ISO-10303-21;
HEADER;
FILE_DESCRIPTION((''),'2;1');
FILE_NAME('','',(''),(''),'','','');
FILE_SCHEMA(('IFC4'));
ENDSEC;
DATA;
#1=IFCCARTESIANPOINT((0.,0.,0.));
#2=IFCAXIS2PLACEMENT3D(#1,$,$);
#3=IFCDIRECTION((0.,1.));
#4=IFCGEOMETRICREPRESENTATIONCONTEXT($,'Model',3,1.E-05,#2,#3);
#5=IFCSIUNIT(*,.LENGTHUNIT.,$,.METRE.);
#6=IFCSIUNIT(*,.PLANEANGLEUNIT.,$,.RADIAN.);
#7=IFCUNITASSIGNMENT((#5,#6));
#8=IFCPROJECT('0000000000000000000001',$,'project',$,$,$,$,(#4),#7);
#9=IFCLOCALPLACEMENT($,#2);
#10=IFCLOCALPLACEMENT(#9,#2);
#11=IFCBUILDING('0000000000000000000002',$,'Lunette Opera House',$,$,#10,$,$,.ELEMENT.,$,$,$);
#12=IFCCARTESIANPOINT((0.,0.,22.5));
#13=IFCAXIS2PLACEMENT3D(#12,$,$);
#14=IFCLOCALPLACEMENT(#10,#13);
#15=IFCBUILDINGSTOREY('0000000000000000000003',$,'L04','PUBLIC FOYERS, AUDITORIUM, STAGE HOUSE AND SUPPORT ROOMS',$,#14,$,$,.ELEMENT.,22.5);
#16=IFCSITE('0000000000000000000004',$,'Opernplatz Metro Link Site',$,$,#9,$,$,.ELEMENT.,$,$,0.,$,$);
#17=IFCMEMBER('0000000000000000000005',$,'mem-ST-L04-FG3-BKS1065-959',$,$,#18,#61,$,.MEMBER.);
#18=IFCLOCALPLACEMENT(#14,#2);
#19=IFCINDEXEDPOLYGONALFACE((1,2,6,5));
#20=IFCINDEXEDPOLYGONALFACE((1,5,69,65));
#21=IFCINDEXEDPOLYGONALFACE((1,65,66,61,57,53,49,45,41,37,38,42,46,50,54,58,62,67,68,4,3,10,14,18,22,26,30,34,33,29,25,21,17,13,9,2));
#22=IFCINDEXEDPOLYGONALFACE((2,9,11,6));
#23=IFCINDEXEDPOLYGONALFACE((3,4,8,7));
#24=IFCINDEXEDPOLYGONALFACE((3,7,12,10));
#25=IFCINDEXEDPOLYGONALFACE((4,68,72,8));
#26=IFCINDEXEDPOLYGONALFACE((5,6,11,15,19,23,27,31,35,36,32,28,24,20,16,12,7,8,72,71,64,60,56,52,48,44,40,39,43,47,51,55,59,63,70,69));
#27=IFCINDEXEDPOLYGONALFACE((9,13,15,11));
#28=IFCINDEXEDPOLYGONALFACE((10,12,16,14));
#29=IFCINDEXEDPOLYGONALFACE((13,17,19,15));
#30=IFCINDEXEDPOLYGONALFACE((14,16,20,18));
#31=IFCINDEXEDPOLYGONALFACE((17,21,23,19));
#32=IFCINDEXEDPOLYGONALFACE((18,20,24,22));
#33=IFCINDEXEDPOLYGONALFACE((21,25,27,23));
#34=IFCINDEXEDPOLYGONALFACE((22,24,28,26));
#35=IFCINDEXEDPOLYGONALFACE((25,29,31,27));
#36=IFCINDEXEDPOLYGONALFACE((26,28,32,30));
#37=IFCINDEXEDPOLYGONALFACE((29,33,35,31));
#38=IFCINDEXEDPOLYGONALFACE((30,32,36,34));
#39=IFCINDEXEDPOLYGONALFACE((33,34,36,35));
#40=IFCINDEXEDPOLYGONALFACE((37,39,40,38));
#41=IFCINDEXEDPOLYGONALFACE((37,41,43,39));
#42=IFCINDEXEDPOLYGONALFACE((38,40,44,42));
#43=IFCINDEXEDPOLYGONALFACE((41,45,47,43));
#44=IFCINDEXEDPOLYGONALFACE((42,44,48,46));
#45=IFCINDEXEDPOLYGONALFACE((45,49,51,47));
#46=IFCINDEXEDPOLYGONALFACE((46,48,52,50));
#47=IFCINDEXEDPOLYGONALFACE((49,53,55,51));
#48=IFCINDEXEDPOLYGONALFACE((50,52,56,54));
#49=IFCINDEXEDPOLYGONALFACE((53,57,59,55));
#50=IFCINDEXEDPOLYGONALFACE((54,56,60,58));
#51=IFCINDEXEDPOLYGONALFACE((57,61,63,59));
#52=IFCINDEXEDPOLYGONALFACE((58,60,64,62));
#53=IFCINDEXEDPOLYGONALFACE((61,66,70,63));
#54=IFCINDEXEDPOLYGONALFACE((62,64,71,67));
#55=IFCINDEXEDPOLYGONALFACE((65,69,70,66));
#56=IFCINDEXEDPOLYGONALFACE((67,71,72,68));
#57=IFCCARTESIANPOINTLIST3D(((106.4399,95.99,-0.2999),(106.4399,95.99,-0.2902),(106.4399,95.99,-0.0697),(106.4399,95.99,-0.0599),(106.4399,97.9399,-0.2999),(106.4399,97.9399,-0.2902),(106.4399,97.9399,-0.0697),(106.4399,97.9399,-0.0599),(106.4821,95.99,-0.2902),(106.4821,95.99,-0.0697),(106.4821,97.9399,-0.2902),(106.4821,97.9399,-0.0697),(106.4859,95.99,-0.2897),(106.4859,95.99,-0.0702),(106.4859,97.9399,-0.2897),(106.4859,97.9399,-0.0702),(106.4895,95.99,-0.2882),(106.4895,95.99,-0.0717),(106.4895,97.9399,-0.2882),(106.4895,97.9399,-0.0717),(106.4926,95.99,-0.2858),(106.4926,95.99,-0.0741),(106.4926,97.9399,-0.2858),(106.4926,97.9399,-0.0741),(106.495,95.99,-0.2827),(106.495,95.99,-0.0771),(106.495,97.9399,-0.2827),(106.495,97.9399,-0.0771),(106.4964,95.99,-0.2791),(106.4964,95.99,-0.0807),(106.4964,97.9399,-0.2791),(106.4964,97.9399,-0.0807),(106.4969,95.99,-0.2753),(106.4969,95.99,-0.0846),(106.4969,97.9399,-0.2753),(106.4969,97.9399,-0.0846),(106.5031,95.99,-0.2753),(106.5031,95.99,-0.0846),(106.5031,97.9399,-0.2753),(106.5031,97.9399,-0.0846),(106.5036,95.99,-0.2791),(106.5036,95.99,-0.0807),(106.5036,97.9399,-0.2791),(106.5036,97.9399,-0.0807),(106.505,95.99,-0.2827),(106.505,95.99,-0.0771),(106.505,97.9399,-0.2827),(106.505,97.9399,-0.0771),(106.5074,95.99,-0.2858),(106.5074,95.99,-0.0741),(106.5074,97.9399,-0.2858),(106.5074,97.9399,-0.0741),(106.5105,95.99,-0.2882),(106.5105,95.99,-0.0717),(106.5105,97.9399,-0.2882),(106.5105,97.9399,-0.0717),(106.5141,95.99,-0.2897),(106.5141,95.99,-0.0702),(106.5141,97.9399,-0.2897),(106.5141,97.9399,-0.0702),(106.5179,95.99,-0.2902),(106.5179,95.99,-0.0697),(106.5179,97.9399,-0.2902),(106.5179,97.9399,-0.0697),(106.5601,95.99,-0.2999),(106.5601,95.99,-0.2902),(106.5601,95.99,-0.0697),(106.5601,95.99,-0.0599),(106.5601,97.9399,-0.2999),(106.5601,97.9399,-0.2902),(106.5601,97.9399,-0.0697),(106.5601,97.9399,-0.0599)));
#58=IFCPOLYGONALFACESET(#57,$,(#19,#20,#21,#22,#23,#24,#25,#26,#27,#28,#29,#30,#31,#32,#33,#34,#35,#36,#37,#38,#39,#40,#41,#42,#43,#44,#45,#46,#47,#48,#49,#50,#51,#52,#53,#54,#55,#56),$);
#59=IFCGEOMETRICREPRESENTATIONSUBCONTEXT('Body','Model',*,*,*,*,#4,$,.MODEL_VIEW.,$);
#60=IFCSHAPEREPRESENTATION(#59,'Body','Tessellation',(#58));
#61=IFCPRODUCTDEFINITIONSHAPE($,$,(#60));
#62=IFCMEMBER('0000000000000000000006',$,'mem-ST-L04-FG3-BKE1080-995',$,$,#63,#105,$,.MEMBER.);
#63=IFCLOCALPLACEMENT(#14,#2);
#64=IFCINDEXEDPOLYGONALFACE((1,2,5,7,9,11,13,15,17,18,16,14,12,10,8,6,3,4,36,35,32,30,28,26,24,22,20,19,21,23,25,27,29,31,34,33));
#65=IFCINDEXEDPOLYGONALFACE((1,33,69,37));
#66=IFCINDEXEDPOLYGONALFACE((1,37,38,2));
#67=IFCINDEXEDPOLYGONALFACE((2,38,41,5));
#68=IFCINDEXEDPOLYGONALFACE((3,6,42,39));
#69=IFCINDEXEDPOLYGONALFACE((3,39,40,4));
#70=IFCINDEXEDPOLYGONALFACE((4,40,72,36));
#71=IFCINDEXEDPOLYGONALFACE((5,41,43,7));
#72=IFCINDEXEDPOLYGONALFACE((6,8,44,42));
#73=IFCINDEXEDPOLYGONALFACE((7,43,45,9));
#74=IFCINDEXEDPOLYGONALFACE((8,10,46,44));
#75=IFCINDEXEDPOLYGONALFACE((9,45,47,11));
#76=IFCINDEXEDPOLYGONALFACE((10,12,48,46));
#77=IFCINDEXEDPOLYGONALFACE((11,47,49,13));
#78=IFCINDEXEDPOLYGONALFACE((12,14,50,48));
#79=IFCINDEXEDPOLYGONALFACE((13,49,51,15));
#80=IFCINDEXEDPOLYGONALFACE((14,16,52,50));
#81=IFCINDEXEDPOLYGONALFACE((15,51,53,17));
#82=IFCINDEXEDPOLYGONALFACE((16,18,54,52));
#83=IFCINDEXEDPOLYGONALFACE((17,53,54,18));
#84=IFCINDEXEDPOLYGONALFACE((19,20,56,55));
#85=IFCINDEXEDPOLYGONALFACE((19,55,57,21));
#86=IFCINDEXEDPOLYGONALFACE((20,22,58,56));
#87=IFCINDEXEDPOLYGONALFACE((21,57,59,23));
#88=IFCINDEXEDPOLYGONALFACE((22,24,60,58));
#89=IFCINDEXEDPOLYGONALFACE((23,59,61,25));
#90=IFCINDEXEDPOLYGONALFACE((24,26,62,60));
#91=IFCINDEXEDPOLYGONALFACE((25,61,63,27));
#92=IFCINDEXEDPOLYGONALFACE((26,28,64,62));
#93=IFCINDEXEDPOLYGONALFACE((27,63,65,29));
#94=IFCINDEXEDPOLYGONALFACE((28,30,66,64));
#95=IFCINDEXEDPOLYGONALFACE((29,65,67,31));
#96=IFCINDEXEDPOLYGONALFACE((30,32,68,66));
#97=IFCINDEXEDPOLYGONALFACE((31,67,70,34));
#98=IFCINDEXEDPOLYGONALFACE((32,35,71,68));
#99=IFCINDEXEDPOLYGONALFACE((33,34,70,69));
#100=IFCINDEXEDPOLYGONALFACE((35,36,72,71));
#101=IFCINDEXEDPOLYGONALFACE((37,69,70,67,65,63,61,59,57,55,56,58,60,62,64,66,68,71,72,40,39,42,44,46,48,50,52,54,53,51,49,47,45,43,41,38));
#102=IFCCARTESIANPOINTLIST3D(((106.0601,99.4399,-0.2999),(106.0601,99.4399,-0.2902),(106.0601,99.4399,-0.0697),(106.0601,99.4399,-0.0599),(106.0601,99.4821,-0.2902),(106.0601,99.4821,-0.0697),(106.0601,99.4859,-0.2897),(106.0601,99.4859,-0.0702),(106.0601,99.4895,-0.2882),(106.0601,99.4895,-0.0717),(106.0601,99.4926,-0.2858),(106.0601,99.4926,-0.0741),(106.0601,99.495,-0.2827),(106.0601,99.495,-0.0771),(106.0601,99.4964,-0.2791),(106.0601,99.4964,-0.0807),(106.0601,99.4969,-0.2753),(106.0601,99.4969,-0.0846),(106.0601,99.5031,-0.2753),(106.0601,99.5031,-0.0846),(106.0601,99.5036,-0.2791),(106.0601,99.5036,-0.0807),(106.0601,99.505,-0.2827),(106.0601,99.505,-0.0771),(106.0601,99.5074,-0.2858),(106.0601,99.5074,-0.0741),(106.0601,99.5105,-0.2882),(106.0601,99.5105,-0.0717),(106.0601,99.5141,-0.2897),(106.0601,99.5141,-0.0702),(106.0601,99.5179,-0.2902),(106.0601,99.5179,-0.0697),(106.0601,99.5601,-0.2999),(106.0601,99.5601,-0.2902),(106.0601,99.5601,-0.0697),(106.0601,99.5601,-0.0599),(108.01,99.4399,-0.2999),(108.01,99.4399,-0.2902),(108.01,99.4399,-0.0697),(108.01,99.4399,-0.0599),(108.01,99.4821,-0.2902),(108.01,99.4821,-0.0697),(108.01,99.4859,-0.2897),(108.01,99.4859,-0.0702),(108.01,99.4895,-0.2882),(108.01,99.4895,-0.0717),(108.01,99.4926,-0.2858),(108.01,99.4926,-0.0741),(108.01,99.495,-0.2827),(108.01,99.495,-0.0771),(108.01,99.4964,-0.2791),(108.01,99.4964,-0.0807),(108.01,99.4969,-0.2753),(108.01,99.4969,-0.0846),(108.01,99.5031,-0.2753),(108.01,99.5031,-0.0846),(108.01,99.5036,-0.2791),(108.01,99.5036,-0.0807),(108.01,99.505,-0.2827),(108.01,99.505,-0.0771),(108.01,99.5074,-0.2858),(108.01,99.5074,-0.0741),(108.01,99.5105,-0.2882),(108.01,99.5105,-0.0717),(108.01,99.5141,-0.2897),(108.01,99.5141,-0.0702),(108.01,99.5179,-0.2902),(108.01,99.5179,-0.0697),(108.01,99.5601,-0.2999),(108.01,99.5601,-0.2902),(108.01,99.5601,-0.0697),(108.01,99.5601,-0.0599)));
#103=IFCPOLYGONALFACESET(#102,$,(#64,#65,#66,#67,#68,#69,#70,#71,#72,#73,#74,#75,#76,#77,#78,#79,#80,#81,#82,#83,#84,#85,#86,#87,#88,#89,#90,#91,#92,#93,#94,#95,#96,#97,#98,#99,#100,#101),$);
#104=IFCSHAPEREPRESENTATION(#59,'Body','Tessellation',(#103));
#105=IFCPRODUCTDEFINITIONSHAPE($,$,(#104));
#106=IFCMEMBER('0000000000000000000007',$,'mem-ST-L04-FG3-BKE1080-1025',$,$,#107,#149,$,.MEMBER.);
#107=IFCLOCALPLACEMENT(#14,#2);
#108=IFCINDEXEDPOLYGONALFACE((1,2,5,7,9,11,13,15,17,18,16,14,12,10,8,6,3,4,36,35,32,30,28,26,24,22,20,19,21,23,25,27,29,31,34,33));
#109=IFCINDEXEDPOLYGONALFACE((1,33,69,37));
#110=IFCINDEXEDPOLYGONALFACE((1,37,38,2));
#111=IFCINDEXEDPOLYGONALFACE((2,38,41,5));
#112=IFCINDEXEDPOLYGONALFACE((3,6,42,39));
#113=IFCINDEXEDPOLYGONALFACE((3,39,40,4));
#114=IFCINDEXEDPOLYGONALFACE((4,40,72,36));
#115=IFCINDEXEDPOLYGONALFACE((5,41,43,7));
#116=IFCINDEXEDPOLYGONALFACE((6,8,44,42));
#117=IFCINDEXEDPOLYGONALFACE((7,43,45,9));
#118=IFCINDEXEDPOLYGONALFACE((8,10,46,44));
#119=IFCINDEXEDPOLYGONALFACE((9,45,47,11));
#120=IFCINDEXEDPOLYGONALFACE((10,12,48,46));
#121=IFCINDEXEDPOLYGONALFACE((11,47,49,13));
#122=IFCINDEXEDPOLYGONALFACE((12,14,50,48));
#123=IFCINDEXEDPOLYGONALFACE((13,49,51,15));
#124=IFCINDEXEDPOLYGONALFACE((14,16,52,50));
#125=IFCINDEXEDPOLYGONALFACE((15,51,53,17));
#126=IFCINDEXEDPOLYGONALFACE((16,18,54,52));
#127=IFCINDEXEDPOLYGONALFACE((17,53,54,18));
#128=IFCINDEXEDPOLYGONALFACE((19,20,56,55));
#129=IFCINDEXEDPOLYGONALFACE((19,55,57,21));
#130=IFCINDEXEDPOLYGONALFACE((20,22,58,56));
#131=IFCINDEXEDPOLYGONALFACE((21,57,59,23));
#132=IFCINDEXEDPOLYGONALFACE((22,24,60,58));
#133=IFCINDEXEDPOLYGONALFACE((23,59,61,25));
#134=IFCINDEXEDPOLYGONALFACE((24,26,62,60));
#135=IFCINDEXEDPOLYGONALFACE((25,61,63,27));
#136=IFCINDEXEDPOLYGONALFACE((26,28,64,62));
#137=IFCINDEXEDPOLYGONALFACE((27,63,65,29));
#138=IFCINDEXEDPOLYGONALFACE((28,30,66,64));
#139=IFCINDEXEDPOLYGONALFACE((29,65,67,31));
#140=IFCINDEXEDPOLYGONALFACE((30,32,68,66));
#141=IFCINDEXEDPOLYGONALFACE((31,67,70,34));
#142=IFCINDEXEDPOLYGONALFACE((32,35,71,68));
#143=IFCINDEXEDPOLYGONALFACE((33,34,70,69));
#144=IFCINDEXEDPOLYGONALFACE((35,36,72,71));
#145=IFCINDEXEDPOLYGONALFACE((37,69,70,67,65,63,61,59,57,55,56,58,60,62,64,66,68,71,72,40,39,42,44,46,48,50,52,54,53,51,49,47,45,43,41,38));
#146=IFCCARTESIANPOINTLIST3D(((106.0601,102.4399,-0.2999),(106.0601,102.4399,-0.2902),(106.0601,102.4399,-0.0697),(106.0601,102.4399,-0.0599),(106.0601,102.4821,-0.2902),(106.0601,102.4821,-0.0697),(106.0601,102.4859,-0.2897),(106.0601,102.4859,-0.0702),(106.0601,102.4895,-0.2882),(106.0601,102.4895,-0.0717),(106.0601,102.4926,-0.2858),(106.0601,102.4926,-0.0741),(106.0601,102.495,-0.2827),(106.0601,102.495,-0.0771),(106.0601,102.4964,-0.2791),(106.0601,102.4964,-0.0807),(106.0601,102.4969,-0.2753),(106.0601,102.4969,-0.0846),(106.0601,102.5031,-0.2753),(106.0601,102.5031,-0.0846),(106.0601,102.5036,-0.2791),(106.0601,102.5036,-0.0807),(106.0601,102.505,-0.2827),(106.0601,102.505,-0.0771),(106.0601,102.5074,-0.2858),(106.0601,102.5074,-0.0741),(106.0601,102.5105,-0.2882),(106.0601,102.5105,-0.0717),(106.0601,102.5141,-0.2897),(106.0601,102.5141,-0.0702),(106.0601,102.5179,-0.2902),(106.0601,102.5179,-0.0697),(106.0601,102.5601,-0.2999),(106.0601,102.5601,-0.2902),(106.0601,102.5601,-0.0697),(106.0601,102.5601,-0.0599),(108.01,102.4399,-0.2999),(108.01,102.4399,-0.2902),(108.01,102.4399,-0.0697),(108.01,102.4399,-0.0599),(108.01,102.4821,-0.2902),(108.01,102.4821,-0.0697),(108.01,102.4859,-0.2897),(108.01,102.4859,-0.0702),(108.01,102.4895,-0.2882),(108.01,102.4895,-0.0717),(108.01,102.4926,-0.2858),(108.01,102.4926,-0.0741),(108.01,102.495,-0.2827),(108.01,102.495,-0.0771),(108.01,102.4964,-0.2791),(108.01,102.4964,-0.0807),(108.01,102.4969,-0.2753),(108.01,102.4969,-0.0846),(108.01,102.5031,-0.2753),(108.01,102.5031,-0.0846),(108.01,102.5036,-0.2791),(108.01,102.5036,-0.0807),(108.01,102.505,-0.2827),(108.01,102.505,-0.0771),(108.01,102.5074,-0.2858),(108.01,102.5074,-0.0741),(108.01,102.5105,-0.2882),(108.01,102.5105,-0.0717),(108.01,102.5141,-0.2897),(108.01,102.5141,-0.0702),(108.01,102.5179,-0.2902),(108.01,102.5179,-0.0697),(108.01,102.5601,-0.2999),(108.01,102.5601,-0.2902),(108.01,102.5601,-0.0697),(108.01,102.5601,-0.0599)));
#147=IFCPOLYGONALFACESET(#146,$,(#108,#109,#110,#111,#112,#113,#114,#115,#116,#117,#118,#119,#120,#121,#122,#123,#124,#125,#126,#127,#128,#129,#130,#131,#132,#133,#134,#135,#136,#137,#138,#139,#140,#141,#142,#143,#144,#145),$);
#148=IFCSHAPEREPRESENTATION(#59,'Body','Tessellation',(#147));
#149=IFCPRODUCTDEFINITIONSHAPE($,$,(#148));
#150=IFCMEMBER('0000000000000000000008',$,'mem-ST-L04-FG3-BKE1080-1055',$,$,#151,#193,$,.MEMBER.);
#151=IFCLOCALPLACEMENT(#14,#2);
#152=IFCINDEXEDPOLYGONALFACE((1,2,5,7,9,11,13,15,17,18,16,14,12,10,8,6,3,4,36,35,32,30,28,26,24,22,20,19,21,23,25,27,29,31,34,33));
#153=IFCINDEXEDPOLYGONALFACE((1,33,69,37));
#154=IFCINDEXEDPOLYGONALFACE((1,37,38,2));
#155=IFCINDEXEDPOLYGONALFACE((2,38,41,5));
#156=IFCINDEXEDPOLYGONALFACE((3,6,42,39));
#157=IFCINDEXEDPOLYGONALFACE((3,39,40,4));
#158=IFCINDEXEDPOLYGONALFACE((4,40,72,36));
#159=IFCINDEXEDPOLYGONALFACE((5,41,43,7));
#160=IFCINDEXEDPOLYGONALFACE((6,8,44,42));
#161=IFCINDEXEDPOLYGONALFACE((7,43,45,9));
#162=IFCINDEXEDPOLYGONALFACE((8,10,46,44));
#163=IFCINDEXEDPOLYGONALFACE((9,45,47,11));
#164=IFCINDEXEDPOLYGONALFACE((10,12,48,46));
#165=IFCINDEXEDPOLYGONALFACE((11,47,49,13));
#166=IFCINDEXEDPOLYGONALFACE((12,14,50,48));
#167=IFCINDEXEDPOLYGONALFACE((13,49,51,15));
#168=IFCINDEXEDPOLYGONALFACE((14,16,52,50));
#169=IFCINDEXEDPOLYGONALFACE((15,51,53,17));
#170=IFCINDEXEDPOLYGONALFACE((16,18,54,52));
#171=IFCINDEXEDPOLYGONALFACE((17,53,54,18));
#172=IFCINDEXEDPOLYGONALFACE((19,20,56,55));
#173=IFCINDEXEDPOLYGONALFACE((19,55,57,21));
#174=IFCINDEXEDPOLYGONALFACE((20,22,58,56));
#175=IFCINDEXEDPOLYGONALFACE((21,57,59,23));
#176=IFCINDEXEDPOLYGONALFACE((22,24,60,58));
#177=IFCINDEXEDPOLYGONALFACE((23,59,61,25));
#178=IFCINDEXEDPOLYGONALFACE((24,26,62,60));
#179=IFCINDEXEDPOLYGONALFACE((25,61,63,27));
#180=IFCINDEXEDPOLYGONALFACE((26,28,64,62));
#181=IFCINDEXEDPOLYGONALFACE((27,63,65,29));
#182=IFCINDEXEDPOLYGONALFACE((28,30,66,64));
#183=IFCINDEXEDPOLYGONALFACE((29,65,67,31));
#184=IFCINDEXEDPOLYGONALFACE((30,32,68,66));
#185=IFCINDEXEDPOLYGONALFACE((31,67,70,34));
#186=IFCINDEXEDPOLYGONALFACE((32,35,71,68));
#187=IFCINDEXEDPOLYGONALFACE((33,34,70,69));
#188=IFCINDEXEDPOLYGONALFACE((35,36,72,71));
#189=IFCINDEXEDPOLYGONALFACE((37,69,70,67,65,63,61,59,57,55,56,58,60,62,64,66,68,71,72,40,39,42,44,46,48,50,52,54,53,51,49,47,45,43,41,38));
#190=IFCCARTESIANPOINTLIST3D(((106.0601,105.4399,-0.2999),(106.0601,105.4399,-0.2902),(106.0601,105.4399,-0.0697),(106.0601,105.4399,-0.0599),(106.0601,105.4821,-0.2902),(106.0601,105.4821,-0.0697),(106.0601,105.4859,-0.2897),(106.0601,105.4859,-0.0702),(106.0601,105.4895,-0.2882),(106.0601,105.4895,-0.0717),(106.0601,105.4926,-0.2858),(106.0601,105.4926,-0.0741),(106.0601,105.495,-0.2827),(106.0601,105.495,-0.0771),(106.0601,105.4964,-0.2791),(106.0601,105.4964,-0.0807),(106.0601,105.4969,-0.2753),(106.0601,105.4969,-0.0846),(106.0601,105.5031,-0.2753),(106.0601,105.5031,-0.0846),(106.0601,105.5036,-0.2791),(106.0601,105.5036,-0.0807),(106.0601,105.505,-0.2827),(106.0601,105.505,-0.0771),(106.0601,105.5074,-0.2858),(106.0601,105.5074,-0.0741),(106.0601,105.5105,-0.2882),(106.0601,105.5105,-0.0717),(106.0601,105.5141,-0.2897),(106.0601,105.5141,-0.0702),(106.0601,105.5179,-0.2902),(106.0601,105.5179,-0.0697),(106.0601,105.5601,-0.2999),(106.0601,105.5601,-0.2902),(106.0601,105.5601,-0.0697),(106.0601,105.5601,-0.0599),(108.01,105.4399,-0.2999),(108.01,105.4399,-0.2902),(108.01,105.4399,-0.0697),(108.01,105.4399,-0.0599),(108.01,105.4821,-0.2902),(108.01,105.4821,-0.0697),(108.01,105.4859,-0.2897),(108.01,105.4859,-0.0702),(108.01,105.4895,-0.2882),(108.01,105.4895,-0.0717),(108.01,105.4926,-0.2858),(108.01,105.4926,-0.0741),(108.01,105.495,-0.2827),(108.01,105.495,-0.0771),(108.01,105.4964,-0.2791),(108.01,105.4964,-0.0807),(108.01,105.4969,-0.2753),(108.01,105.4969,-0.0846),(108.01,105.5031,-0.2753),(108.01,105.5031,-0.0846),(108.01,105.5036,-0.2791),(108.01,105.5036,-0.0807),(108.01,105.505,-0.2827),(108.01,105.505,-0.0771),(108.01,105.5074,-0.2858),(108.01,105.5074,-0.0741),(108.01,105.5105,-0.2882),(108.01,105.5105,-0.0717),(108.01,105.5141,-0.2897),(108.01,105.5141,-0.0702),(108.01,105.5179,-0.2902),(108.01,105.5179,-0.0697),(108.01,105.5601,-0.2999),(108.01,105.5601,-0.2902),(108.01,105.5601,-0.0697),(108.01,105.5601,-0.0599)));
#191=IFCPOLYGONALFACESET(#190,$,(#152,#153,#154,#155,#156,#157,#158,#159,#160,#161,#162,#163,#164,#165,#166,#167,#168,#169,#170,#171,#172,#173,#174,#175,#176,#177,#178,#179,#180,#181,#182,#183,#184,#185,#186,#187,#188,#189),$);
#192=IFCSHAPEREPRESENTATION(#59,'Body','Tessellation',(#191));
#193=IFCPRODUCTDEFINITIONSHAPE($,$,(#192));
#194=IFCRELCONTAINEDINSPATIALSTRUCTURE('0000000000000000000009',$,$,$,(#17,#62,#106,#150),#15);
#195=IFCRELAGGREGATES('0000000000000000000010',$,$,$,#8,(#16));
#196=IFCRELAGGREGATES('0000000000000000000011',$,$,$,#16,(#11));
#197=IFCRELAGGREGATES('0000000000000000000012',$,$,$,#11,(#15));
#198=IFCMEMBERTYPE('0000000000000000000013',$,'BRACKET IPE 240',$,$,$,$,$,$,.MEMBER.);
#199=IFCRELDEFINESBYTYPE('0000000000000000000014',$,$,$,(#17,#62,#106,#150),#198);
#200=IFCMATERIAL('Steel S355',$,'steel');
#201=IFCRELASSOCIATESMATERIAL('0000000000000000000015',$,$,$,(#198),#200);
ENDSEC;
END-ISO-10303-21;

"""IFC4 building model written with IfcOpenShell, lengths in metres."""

from ifc_helpers import new_model, si_unit, direction, frame, origin, origin_2d, place, context, subcontext, project, spatial, i_section, extrude, material, material_profile, profile_set, type_object, element, save


model = new_model("IFC4")

# Units and contexts
model_context = context("Model", 3, precision=1e-05, world=origin(), true_north=direction((0.0, 1.0)))
body_context = subcontext(model_context, "Body", "Model", "MODEL_VIEW")
ifc_project = project(units=[si_unit("LENGTHUNIT", "METRE"), si_unit("PLANEANGLEUNIT", "RADIAN")], contexts=[model_context])

# Site, building, storey
site_placement = place(None, origin())
site = spatial("IfcSite", under=ifc_project, at=site_placement, Name="Opernplatz Metro Link Site", CompositionType="ELEMENT", RefElevation=0.0)
building_placement = place(site_placement, origin())
building = spatial("IfcBuilding", under=site, at=building_placement, Name="Lunette Opera House", CompositionType="ELEMENT")
storey_placement = place(building_placement, frame((0.0, 0.0, 22.5)))
storey = spatial("IfcBuildingStorey", under=building, at=storey_placement, Name="L04", Description="PUBLIC FOYERS, AUDITORIUM, STAGE HOUSE AND SUPPORT ROOMS", CompositionType="ELEMENT", Elevation=22.5)

# Members
ifc_material_1 = material(Name="Steel S355", Category="steel")
ifc_material_profile_1 = material_profile(ifc_material_1, i_section(OverallWidth=0.1201, OverallDepth=0.24, WebThickness=0.0061, FlangeThickness=0.0098, FilletRadius=0.0149, at=origin_2d()), Name="IPE 240")
ifc_profile_set_1 = profile_set([ifc_material_profile_1], Name="Steel S355")
member_type_1 = type_object("IfcMemberType", Name="BRACKET IPE 240", PredefinedType="MEMBER", material=ifc_profile_set_1)
for number, where, z_axis, x_axis, name in (
    (1, (106.5, 95.99, -0.1799), (0.0, 1.0, 0.0), (-1.0, 0.0, 0.0), "mem-ST-L04-FG3-BKS1065-959"),
    (2, (108.01, 99.5, -0.1799), (-1.0, 0.0, 0.0), (0.0, -1.0, 0.0), "mem-ST-L04-FG3-BKE1080-995"),
    (3, (108.01, 102.5, -0.1799), (-1.0, 0.0, 0.0), (0.0, -1.0, 0.0), "mem-ST-L04-FG3-BKE1080-1025"),
    (4, (108.01, 105.5, -0.1799), (-1.0, 0.0, 0.0), (0.0, -1.0, 0.0), "mem-ST-L04-FG3-BKE1080-1055"),
):
    element("IfcMember", number, at=place(storey_placement, frame(where, z_axis=z_axis, x_axis=x_axis)), inside=storey, type_object=member_type_1, Name=name, PredefinedType="MEMBER", context=body_context, shape_type="SweptSolid", body=[
        extrude(i_section(OverallWidth=0.1201, OverallDepth=0.24, WebThickness=0.0061, FlangeThickness=0.0098, FilletRadius=0.0149, at=origin_2d()), origin(), (0.0, 0.0, 1.0), 1.95),
    ])

save(model, "model.ifc")
